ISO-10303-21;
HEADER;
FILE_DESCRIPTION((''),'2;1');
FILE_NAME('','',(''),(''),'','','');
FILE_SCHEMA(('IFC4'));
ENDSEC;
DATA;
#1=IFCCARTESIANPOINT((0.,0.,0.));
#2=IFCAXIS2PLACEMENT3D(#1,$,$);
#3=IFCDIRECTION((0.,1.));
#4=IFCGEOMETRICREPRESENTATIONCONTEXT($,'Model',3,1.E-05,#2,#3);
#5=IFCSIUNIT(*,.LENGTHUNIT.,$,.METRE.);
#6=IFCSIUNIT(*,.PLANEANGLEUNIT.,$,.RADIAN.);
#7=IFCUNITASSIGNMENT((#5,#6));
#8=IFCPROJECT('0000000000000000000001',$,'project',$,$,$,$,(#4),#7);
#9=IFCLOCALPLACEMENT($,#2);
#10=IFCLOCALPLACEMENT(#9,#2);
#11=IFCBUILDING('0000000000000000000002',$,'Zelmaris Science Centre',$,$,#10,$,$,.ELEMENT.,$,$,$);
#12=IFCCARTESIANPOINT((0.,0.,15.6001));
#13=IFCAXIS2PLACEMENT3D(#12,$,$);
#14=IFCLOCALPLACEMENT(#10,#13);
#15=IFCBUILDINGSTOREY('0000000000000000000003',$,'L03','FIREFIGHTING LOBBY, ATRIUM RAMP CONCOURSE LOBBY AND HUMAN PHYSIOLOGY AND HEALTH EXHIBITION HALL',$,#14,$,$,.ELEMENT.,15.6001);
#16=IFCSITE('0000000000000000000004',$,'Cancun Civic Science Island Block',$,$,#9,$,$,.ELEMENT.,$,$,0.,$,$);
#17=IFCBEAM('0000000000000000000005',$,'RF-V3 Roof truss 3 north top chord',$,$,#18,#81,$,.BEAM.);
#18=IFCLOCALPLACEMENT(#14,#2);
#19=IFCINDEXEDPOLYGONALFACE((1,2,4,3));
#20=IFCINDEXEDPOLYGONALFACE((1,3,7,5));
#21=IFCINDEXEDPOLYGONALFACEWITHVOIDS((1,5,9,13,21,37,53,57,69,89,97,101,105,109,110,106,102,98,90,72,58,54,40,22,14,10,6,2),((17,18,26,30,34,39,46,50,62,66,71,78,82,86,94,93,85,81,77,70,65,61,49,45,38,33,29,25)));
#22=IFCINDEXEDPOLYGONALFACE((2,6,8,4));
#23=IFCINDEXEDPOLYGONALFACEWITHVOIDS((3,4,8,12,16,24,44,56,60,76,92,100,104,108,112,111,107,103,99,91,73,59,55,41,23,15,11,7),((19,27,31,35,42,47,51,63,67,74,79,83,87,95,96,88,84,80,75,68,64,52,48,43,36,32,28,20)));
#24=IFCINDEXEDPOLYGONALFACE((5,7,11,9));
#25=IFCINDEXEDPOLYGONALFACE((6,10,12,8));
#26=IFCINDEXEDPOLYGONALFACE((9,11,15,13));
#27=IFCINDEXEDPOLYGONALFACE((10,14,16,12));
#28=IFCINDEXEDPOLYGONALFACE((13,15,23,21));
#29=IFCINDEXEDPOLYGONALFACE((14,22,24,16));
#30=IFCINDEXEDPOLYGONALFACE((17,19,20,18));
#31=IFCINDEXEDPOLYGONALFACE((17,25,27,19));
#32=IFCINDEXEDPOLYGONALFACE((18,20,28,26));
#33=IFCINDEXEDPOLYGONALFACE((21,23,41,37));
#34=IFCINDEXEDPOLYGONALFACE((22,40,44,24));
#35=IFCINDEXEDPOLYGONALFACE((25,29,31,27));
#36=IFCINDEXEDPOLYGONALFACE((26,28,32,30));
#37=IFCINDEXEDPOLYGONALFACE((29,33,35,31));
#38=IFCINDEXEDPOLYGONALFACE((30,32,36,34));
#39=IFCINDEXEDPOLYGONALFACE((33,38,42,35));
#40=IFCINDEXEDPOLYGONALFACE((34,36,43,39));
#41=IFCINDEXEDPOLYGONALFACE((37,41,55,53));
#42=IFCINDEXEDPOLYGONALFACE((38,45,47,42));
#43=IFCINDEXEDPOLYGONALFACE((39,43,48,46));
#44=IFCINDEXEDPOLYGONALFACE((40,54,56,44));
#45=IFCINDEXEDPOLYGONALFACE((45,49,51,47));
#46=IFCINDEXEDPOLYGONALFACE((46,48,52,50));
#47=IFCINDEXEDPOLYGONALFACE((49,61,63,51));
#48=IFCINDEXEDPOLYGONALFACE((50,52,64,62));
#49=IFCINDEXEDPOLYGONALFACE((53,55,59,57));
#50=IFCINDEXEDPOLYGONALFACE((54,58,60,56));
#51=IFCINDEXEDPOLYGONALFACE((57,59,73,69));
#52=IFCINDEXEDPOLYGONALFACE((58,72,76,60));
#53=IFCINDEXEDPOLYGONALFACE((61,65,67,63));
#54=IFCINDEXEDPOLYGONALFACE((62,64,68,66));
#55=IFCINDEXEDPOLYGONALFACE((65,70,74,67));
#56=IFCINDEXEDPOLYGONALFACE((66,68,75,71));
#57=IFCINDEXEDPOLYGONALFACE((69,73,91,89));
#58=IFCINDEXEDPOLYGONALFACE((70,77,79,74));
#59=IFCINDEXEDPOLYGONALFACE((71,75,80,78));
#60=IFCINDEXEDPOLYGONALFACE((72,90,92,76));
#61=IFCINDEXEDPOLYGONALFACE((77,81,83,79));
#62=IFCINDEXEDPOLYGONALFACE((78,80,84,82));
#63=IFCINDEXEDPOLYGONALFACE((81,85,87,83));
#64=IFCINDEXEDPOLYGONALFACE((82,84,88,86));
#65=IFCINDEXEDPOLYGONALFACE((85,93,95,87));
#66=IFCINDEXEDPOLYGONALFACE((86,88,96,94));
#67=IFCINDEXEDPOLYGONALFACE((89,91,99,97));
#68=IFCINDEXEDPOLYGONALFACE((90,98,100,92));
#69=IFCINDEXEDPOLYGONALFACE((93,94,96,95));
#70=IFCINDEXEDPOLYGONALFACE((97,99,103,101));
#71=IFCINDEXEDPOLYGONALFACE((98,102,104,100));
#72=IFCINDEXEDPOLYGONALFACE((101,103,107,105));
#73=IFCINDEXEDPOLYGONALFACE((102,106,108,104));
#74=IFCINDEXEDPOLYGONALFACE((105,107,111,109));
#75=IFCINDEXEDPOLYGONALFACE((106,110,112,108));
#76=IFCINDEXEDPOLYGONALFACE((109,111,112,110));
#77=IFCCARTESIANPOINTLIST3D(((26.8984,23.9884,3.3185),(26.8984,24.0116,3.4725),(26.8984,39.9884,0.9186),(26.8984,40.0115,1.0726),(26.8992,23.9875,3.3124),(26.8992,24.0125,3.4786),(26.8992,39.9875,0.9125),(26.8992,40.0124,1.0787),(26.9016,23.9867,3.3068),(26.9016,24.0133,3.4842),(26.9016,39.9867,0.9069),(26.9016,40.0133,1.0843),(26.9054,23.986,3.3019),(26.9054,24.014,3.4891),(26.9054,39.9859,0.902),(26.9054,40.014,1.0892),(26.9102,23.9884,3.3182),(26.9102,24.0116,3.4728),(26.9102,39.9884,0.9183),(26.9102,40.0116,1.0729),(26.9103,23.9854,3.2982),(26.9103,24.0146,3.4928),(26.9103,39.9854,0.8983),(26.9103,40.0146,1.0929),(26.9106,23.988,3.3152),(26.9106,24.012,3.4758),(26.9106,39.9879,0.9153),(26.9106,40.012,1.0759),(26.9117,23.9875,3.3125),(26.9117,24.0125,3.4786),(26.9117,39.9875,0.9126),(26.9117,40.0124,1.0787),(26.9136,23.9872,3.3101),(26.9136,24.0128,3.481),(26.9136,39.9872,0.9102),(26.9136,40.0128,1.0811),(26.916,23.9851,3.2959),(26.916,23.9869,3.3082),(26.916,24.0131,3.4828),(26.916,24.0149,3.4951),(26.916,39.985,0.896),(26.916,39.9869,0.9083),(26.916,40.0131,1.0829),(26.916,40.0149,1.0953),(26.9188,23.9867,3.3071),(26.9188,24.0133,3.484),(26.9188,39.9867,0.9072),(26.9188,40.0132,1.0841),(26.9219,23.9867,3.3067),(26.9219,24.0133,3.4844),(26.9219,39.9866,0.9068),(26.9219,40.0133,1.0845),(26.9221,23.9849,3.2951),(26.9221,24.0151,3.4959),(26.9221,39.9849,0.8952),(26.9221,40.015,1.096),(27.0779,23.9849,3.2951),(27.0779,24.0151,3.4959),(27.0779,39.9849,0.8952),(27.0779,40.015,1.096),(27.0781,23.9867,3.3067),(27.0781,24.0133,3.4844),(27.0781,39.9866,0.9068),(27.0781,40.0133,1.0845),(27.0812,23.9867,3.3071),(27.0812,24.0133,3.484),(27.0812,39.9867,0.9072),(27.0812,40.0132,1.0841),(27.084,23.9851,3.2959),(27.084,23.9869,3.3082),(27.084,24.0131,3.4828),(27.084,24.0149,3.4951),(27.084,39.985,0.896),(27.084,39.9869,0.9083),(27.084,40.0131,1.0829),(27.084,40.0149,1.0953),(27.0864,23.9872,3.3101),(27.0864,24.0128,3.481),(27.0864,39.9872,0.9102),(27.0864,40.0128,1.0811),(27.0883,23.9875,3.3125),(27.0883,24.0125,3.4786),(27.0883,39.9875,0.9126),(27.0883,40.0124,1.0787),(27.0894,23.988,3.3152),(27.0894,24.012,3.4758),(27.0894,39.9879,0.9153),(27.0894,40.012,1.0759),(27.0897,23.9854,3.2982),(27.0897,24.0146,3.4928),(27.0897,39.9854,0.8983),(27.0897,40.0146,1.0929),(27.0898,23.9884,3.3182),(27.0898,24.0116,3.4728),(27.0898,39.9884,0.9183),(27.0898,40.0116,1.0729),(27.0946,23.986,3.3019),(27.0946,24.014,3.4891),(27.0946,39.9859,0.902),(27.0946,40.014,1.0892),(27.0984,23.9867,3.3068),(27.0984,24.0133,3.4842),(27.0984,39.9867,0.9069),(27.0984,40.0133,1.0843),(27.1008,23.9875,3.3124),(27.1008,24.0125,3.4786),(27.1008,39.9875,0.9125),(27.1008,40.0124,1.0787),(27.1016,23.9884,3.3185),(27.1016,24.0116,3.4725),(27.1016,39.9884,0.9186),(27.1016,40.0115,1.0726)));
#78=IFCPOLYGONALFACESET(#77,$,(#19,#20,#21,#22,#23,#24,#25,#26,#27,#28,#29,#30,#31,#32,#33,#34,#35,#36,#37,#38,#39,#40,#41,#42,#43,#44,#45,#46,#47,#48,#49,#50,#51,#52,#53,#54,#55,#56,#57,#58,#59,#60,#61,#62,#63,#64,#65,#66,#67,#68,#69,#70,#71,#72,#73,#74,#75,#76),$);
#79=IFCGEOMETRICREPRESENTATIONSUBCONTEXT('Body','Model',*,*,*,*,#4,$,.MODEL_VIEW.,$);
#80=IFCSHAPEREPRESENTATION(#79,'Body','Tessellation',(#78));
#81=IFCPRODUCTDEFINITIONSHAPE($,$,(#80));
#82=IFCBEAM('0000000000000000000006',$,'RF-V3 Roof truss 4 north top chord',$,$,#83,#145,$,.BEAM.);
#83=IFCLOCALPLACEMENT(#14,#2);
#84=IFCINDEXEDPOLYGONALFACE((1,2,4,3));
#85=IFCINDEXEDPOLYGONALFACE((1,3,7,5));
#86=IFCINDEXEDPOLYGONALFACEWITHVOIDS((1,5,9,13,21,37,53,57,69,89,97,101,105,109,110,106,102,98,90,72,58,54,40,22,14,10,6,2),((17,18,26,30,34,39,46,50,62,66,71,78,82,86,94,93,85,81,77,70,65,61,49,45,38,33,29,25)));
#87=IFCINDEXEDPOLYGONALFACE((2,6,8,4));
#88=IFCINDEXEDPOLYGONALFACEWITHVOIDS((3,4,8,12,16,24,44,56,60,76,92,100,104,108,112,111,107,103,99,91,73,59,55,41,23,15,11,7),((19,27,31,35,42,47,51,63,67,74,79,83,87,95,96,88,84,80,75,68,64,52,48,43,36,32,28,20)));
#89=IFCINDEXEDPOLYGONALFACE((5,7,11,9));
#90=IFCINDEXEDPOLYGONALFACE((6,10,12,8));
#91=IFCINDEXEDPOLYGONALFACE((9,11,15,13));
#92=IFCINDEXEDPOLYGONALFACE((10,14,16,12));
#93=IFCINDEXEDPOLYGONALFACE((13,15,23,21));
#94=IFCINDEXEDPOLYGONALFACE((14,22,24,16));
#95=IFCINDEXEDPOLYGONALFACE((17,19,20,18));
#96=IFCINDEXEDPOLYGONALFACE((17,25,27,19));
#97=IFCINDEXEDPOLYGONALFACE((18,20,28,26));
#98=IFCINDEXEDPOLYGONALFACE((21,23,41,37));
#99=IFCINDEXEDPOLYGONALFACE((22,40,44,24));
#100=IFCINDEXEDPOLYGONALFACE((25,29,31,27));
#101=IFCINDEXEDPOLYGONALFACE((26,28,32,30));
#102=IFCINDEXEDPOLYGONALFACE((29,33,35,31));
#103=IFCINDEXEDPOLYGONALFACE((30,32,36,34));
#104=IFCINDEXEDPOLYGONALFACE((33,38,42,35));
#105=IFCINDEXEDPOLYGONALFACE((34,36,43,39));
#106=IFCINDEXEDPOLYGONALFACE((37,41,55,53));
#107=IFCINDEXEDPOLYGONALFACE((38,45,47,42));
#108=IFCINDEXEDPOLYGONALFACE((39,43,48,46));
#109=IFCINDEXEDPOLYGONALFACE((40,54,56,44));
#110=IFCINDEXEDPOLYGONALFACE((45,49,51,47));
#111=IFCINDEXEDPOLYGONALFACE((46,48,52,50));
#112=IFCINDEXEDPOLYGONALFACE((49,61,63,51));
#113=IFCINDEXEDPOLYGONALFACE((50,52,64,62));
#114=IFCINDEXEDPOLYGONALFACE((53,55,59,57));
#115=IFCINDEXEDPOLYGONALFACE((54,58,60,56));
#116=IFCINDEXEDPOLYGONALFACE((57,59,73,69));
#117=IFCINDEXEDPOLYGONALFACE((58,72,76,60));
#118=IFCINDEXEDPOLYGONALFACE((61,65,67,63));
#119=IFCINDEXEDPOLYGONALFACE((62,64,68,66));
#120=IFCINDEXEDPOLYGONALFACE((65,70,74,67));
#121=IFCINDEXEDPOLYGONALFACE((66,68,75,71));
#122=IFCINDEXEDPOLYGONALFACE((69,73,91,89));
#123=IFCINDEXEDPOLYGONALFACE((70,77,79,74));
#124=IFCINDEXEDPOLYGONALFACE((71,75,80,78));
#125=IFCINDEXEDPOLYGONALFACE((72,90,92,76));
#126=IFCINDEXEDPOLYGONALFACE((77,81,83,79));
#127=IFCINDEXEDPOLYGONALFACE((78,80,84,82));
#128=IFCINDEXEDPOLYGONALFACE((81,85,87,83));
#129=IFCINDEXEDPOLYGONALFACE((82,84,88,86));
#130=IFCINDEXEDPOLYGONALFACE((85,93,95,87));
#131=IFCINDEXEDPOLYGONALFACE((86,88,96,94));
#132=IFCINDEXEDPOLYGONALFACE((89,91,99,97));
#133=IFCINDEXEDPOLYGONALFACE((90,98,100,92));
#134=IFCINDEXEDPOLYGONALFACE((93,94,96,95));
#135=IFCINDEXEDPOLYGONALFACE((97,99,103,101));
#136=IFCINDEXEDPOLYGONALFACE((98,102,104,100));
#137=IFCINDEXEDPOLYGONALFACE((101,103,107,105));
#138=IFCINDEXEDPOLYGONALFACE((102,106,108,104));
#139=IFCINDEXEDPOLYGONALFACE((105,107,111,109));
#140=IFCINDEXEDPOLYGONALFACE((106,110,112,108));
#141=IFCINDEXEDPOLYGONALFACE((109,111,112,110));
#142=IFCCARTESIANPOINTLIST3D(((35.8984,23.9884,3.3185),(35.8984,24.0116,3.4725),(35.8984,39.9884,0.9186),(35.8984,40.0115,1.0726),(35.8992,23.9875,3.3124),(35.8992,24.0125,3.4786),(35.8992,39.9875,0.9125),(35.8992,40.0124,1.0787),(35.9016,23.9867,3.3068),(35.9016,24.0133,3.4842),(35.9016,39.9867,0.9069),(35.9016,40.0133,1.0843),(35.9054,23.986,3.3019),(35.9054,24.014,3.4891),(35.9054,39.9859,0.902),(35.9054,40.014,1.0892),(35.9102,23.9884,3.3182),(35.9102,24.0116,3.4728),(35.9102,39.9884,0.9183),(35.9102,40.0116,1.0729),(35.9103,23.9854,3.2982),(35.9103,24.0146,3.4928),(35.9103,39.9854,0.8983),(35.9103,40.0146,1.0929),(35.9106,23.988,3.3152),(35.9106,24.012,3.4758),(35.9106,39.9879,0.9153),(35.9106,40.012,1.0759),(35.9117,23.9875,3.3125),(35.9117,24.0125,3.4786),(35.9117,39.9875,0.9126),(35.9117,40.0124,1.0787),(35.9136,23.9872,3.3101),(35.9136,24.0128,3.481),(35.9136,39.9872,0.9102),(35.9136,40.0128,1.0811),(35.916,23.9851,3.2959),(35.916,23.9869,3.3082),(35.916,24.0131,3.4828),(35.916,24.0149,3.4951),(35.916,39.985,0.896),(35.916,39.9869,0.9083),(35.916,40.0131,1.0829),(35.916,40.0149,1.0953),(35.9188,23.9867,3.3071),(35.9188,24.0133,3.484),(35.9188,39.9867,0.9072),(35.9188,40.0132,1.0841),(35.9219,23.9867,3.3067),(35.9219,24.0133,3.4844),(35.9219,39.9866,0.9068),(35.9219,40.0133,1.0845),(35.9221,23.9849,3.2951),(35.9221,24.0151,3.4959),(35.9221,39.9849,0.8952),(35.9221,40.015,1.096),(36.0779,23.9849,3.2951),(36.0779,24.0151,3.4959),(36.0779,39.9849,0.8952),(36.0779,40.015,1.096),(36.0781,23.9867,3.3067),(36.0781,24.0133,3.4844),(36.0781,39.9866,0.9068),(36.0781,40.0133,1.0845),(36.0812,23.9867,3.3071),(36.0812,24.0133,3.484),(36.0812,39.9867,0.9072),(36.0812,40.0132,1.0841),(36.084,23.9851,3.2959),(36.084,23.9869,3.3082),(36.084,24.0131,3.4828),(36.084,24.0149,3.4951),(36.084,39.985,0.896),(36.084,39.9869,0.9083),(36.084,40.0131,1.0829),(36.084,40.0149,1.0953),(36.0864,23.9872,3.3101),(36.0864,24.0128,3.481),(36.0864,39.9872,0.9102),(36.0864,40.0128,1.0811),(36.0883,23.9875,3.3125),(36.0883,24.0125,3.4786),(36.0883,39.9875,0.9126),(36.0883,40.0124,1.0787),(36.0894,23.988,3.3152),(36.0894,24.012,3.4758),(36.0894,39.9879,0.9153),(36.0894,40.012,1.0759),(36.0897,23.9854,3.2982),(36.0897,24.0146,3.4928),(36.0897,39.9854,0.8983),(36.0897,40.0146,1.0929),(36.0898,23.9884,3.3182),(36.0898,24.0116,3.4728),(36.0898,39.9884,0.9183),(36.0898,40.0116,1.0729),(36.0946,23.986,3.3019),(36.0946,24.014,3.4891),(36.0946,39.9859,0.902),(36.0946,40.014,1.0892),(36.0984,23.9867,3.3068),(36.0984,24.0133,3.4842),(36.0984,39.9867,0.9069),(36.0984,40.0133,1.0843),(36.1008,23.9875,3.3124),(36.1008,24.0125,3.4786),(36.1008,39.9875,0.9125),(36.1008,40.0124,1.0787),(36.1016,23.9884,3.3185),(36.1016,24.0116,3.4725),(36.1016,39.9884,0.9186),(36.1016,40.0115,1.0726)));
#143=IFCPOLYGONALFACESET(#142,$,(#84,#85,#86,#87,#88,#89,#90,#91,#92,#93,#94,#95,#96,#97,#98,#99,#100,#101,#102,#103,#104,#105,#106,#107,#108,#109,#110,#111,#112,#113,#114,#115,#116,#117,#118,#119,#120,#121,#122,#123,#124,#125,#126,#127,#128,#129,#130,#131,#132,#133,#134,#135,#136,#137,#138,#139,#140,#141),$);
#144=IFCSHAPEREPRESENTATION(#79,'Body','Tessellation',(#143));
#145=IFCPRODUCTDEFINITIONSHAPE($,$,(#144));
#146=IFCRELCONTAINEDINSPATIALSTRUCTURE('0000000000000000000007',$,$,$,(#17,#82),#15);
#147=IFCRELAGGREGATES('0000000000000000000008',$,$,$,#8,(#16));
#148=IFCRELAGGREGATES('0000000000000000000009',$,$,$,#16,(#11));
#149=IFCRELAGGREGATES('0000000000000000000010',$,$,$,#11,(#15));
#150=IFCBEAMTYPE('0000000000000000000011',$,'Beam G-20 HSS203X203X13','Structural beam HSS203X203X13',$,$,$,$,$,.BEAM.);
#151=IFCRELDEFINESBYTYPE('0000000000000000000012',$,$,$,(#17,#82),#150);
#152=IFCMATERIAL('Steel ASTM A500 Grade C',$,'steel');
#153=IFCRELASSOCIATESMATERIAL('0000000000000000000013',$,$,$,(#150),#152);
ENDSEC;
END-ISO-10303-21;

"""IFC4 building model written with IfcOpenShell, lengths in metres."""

from ifc_helpers import new_model, si_unit, direction, frame, origin, origin_2d, place, context, subcontext, project, spatial, hollow_rectangle, extrude, material, material_profile, profile_set, type_object, element, save


model = new_model("IFC4")

# Units and contexts
model_context = context("Model", 3, precision=1e-05, world=origin(), true_north=direction((0.0, 1.0)))
body_context = subcontext(model_context, "Body", "Model", "MODEL_VIEW")
ifc_project = project(units=[si_unit("LENGTHUNIT", "METRE"), si_unit("PLANEANGLEUNIT", "RADIAN")], contexts=[model_context])

# Site, building, storey
site_placement = place(None, origin())
site = spatial("IfcSite", under=ifc_project, at=site_placement, Name="Cancun Civic Science Island Block", CompositionType="ELEMENT", RefElevation=0.0)
building_placement = place(site_placement, origin())
building = spatial("IfcBuilding", under=site, at=building_placement, Name="Zelmaris Science Centre", CompositionType="ELEMENT")
storey_placement = place(building_placement, frame((0.0, 0.0, 15.6001)))
storey = spatial("IfcBuildingStorey", under=building, at=storey_placement, Name="L03", Description="FIREFIGHTING LOBBY, ATRIUM RAMP CONCOURSE LOBBY AND HUMAN PHYSIOLOGY AND HEALTH EXHIBITION HALL", CompositionType="ELEMENT", Elevation=15.6001)

# Beams
ifc_material_1 = material(Name="Steel ASTM A500 Grade C", Category="steel")
ifc_material_profile_1 = material_profile(ifc_material_1, hollow_rectangle(XDim=0.2031, YDim=0.2031, WallThickness=0.0117, InnerFilletRadius=0.0117, OuterFilletRadius=0.0237, at=origin_2d()), Name="HSS203X203X13")
ifc_profile_set_1 = profile_set([ifc_material_profile_1], Name="Steel ASTM A500 Grade C")
beam_type = type_object("IfcBeamType", Name="Beam G-20 HSS203X203X13", Description="Structural beam HSS203X203X13", PredefinedType="BEAM", material=ifc_profile_set_1)
for number, where, z_axis, x_axis, name in (
    (1, (27.0, 24.0, 3.3955), (0.0, 0.988937, -0.148335), (-1.0, 0.0, 0.0), "RF-V3 Roof truss 3 north top chord"),
    (2, (36.0, 24.0, 3.3955), (0.0, 0.988937, -0.148335), (-1.0, 0.0, 0.0), "RF-V3 Roof truss 4 north top chord"),
):
    element("IfcBeam", number, at=place(storey_placement, frame(where, z_axis=z_axis, x_axis=x_axis)), inside=storey, type_object=beam_type, Name=name, PredefinedType="BEAM", context=body_context, shape_type="SweptSolid", body=[
        extrude(hollow_rectangle(XDim=0.2031, YDim=0.2031, WallThickness=0.0117, InnerFilletRadius=0.0117, OuterFilletRadius=0.0237, at=origin_2d()), origin(), (0.0, 0.0, 1.0), 16.179),
    ])

save(model, "model.ifc")
